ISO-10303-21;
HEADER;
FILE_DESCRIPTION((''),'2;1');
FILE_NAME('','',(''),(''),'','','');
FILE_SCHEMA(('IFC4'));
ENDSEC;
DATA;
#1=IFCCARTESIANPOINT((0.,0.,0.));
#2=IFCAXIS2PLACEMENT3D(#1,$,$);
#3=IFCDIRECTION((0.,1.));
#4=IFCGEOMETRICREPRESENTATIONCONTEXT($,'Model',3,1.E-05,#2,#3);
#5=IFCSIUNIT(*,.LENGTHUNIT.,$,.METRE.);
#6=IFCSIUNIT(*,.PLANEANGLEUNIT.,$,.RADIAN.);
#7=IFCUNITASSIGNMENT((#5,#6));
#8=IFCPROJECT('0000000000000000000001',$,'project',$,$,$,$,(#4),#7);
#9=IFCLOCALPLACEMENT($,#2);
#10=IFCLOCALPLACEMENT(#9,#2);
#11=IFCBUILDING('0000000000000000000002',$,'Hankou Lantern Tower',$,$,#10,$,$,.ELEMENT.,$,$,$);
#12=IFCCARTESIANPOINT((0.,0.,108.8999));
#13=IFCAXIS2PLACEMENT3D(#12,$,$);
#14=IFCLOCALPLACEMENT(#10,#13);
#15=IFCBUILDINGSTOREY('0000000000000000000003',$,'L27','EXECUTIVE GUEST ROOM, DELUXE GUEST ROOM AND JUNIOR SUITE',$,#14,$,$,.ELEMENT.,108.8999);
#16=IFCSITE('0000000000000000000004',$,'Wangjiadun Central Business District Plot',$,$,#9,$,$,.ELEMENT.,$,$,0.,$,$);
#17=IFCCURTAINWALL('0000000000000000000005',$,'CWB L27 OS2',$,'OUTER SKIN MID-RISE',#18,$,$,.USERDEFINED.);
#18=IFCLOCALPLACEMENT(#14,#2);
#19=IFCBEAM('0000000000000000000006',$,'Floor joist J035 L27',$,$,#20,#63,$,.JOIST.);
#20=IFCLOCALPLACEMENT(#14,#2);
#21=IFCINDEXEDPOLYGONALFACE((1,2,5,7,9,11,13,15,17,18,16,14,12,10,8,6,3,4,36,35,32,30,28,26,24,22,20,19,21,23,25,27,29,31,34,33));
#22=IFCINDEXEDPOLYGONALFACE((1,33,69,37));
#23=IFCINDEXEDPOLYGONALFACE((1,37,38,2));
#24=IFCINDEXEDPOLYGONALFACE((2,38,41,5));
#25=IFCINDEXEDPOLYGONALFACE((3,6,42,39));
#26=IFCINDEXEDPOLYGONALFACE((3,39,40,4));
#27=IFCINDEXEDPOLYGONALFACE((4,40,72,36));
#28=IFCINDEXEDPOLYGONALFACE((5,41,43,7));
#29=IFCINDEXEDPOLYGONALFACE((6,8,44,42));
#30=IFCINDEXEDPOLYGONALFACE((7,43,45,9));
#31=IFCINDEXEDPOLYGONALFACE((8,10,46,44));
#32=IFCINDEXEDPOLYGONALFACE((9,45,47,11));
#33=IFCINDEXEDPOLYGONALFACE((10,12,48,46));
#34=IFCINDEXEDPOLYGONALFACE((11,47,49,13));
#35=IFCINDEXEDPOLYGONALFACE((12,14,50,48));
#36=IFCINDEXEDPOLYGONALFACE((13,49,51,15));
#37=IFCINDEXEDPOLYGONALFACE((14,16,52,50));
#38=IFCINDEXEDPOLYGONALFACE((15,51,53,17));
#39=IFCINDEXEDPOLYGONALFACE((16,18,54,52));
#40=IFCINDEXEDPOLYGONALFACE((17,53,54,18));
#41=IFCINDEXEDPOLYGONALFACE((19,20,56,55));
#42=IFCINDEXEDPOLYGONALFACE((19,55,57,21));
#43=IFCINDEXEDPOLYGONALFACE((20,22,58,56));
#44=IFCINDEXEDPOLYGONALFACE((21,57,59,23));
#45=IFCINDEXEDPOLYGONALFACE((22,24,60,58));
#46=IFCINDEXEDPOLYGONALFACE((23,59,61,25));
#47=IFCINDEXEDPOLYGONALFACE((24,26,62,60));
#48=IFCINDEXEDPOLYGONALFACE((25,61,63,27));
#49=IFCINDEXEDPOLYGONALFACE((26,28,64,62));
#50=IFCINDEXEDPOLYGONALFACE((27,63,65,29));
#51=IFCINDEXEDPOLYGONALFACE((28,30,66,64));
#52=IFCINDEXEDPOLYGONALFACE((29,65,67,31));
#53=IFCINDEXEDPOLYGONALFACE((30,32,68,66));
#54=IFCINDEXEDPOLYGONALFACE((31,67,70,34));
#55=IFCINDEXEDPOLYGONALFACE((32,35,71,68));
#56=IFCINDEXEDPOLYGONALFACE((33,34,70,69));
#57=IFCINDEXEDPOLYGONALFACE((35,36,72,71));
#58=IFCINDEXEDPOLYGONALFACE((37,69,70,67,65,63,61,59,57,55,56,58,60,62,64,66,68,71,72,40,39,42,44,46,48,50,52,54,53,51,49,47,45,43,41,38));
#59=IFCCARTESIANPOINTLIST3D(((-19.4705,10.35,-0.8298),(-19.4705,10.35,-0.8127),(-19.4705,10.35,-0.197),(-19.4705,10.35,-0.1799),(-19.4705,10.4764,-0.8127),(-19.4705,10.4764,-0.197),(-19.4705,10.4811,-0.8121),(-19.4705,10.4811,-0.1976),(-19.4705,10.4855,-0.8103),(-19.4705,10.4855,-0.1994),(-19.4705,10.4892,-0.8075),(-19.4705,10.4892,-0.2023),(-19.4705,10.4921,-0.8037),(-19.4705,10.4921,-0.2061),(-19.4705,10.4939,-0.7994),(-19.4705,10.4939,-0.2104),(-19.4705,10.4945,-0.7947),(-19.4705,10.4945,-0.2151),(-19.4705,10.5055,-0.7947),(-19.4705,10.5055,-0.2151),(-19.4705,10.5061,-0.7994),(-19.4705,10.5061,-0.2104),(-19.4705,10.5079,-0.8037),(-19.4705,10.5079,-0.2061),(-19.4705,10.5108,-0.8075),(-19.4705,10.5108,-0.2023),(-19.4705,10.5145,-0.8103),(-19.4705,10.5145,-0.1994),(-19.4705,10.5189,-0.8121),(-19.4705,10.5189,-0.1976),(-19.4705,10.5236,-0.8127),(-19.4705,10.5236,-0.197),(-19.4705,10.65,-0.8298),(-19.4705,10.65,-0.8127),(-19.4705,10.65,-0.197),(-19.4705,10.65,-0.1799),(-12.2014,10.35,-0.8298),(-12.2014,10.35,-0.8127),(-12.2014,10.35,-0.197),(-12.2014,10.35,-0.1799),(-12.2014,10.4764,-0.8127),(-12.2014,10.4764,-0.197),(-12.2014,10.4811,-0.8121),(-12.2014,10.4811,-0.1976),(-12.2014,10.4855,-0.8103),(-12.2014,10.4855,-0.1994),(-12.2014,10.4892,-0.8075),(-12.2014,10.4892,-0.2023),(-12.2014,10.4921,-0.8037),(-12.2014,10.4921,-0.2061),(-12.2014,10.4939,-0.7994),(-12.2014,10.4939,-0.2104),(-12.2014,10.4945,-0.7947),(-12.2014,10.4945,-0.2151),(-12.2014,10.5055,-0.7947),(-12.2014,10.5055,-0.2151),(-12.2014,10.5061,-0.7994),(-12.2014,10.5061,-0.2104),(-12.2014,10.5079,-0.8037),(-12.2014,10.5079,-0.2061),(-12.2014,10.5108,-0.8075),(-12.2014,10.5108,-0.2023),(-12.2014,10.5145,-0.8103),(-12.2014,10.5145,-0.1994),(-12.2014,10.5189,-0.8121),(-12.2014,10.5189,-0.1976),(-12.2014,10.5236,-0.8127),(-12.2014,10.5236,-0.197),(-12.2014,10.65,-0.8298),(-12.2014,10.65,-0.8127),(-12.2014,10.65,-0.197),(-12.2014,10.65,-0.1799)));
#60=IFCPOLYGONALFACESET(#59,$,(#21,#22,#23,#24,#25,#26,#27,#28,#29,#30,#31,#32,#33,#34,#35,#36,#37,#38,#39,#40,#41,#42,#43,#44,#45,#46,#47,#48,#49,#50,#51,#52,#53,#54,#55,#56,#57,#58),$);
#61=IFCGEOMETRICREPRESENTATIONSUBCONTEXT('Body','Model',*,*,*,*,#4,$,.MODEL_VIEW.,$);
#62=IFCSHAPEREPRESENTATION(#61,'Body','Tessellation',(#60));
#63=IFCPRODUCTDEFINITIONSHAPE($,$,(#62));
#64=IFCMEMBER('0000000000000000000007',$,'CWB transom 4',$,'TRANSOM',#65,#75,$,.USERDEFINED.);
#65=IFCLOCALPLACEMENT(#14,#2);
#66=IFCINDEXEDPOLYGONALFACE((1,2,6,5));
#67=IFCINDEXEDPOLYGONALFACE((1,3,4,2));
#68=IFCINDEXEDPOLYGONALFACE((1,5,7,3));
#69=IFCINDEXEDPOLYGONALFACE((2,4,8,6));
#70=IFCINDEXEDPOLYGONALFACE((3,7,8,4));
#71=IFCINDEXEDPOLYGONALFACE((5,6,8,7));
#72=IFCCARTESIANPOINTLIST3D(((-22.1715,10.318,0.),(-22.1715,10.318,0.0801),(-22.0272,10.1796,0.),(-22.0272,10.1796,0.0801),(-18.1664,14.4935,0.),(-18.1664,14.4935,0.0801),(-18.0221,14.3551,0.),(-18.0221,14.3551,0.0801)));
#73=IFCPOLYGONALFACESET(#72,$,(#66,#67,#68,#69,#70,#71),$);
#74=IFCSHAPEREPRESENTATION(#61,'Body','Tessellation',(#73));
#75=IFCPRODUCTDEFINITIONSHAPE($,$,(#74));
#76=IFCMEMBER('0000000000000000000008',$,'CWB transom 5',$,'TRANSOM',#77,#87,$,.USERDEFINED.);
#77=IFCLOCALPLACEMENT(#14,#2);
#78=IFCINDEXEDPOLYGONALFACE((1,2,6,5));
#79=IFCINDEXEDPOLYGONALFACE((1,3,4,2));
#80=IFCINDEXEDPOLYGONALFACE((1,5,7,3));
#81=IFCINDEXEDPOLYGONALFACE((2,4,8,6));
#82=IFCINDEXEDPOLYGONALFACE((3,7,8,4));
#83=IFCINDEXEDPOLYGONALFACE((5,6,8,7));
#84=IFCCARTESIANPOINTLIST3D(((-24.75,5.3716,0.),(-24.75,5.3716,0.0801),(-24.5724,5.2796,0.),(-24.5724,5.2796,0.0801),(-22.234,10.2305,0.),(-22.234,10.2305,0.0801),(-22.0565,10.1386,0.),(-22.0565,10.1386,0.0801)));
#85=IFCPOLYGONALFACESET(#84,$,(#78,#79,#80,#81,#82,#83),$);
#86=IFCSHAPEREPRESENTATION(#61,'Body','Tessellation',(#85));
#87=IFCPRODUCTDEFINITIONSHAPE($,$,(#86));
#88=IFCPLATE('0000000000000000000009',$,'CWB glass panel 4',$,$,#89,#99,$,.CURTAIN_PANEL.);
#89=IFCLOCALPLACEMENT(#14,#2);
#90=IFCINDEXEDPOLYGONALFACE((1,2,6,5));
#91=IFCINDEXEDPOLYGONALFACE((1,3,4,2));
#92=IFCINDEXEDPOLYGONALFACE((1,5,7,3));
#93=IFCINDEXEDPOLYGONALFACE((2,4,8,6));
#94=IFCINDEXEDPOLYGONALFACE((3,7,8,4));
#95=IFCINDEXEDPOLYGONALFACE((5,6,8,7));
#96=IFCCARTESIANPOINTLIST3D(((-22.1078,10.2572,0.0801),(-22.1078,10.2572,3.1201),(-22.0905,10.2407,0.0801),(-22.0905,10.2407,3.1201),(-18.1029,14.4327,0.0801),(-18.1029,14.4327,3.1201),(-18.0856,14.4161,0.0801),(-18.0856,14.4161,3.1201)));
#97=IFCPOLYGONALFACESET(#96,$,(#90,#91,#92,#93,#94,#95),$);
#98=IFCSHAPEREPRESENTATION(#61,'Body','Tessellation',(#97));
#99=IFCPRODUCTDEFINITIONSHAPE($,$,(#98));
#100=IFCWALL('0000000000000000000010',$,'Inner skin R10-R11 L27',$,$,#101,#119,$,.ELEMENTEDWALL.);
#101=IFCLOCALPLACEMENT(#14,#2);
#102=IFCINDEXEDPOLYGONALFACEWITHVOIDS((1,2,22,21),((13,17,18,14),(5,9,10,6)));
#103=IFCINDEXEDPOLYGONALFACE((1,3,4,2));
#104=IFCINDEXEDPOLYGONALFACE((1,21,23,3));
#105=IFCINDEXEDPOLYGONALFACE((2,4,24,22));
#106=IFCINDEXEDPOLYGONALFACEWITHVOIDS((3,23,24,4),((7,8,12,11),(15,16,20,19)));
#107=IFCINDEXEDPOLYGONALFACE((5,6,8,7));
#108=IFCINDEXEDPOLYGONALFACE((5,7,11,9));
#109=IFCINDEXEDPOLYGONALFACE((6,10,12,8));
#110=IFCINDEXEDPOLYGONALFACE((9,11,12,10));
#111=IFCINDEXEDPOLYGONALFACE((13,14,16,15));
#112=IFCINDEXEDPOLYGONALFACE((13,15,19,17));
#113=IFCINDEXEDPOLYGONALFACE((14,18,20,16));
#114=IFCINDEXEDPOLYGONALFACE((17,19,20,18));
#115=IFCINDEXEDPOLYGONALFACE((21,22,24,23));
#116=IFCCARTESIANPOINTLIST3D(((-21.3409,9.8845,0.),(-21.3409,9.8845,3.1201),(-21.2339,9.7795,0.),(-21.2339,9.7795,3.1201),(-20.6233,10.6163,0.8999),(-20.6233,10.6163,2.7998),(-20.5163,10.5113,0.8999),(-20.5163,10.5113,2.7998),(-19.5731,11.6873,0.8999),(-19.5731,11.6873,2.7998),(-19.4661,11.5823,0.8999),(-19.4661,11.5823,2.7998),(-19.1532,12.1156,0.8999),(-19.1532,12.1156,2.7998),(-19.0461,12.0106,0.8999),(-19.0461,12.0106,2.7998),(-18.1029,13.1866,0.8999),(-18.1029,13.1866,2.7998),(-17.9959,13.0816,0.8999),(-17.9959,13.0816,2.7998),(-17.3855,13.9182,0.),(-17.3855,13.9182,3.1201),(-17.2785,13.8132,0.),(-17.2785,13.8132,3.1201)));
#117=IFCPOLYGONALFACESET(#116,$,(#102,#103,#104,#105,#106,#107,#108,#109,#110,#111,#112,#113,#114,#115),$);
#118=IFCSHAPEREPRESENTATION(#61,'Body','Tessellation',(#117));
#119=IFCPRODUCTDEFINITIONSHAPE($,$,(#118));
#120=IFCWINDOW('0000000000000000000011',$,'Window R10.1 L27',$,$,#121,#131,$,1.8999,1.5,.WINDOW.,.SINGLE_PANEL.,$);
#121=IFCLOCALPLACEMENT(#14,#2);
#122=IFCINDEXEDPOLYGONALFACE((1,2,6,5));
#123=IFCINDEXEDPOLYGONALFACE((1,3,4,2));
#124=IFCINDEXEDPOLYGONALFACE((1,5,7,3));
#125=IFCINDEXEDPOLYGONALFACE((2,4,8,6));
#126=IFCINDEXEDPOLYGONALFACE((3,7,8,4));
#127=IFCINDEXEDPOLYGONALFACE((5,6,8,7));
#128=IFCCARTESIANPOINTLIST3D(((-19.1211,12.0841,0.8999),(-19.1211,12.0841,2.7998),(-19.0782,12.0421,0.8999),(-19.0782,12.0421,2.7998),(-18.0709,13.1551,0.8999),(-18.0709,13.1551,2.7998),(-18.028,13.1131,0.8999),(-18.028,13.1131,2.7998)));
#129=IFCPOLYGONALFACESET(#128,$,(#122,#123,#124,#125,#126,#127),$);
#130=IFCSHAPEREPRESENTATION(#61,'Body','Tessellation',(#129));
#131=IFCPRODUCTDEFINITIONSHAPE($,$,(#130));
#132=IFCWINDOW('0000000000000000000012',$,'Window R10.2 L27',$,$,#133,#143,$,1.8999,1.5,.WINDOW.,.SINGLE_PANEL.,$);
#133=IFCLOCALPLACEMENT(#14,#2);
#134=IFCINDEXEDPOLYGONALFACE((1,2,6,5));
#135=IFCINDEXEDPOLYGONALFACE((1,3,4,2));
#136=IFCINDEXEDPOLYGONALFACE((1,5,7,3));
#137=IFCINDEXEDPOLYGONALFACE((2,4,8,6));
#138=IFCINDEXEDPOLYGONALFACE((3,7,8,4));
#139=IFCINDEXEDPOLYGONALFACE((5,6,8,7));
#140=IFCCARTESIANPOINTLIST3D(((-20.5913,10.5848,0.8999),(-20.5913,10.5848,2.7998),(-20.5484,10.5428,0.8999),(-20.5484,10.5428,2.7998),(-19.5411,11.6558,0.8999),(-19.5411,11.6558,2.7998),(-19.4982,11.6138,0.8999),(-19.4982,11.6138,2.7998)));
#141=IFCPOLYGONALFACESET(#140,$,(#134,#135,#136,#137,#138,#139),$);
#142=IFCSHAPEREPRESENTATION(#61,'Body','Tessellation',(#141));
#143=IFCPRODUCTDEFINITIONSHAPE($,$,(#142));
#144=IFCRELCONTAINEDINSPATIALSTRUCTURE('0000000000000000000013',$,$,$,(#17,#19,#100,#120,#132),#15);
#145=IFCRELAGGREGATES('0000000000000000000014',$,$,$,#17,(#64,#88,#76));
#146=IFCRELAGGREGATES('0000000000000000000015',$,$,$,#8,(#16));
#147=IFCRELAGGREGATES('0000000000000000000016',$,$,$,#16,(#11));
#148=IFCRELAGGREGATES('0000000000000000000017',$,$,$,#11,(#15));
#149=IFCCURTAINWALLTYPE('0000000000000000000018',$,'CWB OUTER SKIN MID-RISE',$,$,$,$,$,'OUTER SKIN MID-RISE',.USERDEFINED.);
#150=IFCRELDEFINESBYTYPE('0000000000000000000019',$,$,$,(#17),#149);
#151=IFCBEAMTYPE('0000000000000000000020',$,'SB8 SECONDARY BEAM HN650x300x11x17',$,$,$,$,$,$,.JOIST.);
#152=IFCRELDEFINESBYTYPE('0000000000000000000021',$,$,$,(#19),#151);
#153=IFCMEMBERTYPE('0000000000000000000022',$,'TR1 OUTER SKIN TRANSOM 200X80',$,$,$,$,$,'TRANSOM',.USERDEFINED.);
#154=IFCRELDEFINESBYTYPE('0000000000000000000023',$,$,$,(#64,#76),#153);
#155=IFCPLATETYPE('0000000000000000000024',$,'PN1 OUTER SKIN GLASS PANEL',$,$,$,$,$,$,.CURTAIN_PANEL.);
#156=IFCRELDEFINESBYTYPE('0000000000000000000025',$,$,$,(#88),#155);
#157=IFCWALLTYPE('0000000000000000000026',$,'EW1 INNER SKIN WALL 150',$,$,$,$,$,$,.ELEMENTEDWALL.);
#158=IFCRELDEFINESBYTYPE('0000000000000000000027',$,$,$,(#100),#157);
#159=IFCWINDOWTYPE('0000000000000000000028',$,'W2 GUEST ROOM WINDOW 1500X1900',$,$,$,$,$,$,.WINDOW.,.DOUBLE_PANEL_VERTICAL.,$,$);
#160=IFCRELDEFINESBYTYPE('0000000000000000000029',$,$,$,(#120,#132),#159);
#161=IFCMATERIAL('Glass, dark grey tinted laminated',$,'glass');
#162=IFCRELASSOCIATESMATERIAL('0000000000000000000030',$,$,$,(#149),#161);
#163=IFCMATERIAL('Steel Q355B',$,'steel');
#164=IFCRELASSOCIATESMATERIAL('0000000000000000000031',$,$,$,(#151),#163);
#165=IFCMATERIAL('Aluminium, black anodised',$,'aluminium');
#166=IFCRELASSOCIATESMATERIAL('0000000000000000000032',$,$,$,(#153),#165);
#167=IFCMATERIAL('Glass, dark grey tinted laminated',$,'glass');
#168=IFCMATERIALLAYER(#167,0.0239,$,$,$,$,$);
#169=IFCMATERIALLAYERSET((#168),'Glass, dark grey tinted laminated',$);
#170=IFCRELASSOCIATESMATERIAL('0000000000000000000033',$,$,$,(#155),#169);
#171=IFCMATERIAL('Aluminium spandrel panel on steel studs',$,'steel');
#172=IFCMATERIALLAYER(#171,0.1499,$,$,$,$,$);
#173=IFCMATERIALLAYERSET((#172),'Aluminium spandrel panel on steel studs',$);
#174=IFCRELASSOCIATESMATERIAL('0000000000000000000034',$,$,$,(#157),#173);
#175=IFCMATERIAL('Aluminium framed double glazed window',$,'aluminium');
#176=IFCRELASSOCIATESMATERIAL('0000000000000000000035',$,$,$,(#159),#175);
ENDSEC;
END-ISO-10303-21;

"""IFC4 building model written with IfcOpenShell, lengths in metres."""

from ifc_helpers import new_model, si_unit, direction, frame, frame_2d, origin, origin_2d, place, context, subcontext, project, spatial, rectangle, i_section, extrude, material, layer, layer_set, material_profile, profile_set, type_object, element, fill, aggregate, save


model = new_model("IFC4")

# Units and contexts
model_context = context("Model", 3, precision=1e-05, world=origin(), true_north=direction((0.0, 1.0)))
body_context = subcontext(model_context, "Body", "Model", "MODEL_VIEW")
ifc_project = project(units=[si_unit("LENGTHUNIT", "METRE"), si_unit("PLANEANGLEUNIT", "RADIAN")], contexts=[model_context])

# Site, building, storey
site_placement = place(None, origin())
site = spatial("IfcSite", under=ifc_project, at=site_placement, Name="Wangjiadun Central Business District Plot", CompositionType="ELEMENT", RefElevation=0.0)
building_placement = place(site_placement, origin())
building = spatial("IfcBuilding", under=site, at=building_placement, Name="Hankou Lantern Tower", CompositionType="ELEMENT")
storey_placement = place(building_placement, frame((0.0, 0.0, 108.8999)))
storey = spatial("IfcBuildingStorey", under=building, at=storey_placement, Name="L27", Description="EXECUTIVE GUEST ROOM, DELUXE GUEST ROOM AND JUNIOR SUITE", CompositionType="ELEMENT", Elevation=108.8999)

# Curtain wall
ifc_material_1 = material(Name="Glass, dark grey tinted laminated", Category="glass")
curtain_wall_type = type_object("IfcCurtainWallType", Name="CWB OUTER SKIN MID-RISE", ElementType="OUTER SKIN MID-RISE", PredefinedType="USERDEFINED", material=ifc_material_1)
curtain_wall_placement = place(storey_placement, origin())
curtain_wall = element("IfcCurtainWall", 1, at=curtain_wall_placement, inside=storey, type_object=curtain_wall_type, Name="CWB L27 OS2", ObjectType="OUTER SKIN MID-RISE", PredefinedType="USERDEFINED")

# Beam
ifc_material_2 = material(Name="Steel Q355B", Category="steel")
ifc_material_profile_1 = material_profile(ifc_material_2, i_section(OverallWidth=0.3, OverallDepth=0.6499, WebThickness=0.011, FlangeThickness=0.0171, FilletRadius=0.0181, at=origin_2d()), Name="HN650x300x11x17")
ifc_profile_set_1 = profile_set([ifc_material_profile_1], Name="Steel Q355B")
beam_type_1 = type_object("IfcBeamType", Name="SB8 SECONDARY BEAM HN650x300x11x17", PredefinedType="JOIST", material=ifc_profile_set_1)
beam_1_placement = place(storey_placement, frame((-19.4705, 10.5, -0.5049), z_axis=(1.0, 0.0, 0.0), x_axis=(0.0, 1.0, 0.0)))
element("IfcBeam", 2, at=beam_1_placement, inside=storey, type_object=beam_type_1, Name="Floor joist J035 L27", PredefinedType="JOIST", context=body_context, shape_type="SweptSolid", body=[
    extrude(i_section(OverallWidth=0.3, OverallDepth=0.6499, WebThickness=0.011, FlangeThickness=0.0171, FilletRadius=0.0181, at=origin_2d()), origin(), (0.0, 0.0, 1.0), 7.269),
])

# Members
ifc_material_3 = material(Name="Aluminium, black anodised", Category="aluminium")
ifc_material_profile_2 = material_profile(ifc_material_3, rectangle(XDim=0.2, YDim=0.0801, at=origin_2d()), Name="TR1 200X80")
ifc_profile_set_2 = profile_set([ifc_material_profile_2], Name="Aluminium, black anodised")
member_type_1 = type_object("IfcMemberType", Name="TR1 OUTER SKIN TRANSOM 200X80", ElementType="TRANSOM", PredefinedType="USERDEFINED", material=ifc_profile_set_2)
member_1_placement = place(storey_placement, frame((-18.0942, 14.4243, 0.04), z_axis=(-0.692227, -0.72168, 0.0), x_axis=(0.72168, -0.692227, 0.0)))
member_1 = element("IfcMember", 3, at=member_1_placement, type_object=member_type_1, Name="CWB transom 4", ObjectType="TRANSOM", PredefinedType="USERDEFINED", context=body_context, shape_type="SweptSolid", body=[
    extrude(rectangle(XDim=0.2, YDim=0.0801, at=origin_2d()), origin(), (0.0, 0.0, 1.0), 5.7859),
])
member_2_placement = place(storey_placement, frame((-22.1453, 10.1846, 0.04), z_axis=(-0.459805, -0.88802, 0.0), x_axis=(0.88802, -0.459805, 0.0)))
member_2 = element("IfcMember", 4, at=member_2_placement, type_object=member_type_1, Name="CWB transom 5", ObjectType="TRANSOM", PredefinedType="USERDEFINED", context=body_context, shape_type="SweptSolid", body=[
    extrude(rectangle(XDim=0.2, YDim=0.0801, at=origin_2d()), origin(), (0.0, 0.0, 1.0), 5.4717),
])

# Plate
ifc_material_4 = material(Name="Glass, dark grey tinted laminated", Category="glass")
ifc_layer_1 = layer(ifc_material_4, 0.0239)
ifc_layer_set_1 = layer_set([ifc_layer_1], Name="Glass, dark grey tinted laminated")
plate_type = type_object("IfcPlateType", Name="PN1 OUTER SKIN GLASS PANEL", PredefinedType="CURTAIN_PANEL", material=ifc_layer_set_1)
plate_placement = place(storey_placement, frame((-20.0967, 12.3367, 0.0801), z_axis=(0.0, 0.0, 1.0), x_axis=(-0.692216, -0.721691, 0.0)))
plate = element("IfcPlate", 5, at=plate_placement, type_object=plate_type, Name="CWB glass panel 4", PredefinedType="CURTAIN_PANEL", context=body_context, shape_type="SweptSolid", body=[
    extrude(rectangle(XDim=5.7856, YDim=0.0239, at=origin_2d()), origin(), (0.0, 0.0, 1.0), 3.04),
])
aggregate(curtain_wall, [member_1, plate, member_2])

# Wall, openings, windows
ifc_material_5 = material(Name="Aluminium spandrel panel on steel studs", Category="steel")
ifc_layer_2 = layer(ifc_material_5, 0.1499)
ifc_layer_set_2 = layer_set([ifc_layer_2], Name="Aluminium spandrel panel on steel studs")
wall_type = type_object("IfcWallType", Name="EW1 INNER SKIN WALL 150", PredefinedType="ELEMENTEDWALL", material=ifc_layer_set_2)
wall_1_placement = place(storey_placement, frame((-17.332, 13.8657, 0.0), z_axis=(0.0, 0.0, 1.0), x_axis=(-0.700137, -0.714009, 0.0)))
wall_1 = element("IfcWall", 6, at=wall_1_placement, inside=storey, type_object=wall_type, Name="Inner skin R10-R11 L27", PredefinedType="ELEMENTEDWALL", context=body_context, shape_type="SweptSolid", body=[
    extrude(rectangle(XDim=5.6494, YDim=0.1499, at=frame_2d((2.8247, 0.0))), origin(), (0.0, 0.0, 1.0), 3.1201),
])
opening_1_placement = place(wall_1_placement, frame((1.0247, 0.0, 0.8999)))
opening_1 = element("IfcOpeningElement", 7, at=opening_1_placement, cuts=wall_1, PredefinedType="OPENING", context=body_context, shape_type="SweptSolid", body=[
    extrude(rectangle(XDim=1.5, YDim=1.8999, at=frame_2d((0.75, 0.95))), frame((0.0, 0.085, 0.0), z_axis=(0.0, -1.0, 0.0), x_axis=(1.0, 0.0, 0.0)), (0.0, 0.0, 1.0), 0.1699),
])
opening_2_placement = place(wall_1_placement, frame((3.1245, 0.0, 0.8999)))
opening_2 = element("IfcOpeningElement", 8, at=opening_2_placement, cuts=wall_1, PredefinedType="OPENING", context=body_context, shape_type="SweptSolid", body=[
    extrude(rectangle(XDim=1.5, YDim=1.8999, at=frame_2d((0.75, 0.95))), frame((0.0, 0.085, 0.0), z_axis=(0.0, -1.0, 0.0), x_axis=(1.0, 0.0, 0.0)), (0.0, 0.0, 1.0), 0.1699),
])
ifc_material_6 = material(Name="Aluminium framed double glazed window", Category="aluminium")
window_type = type_object("IfcWindowType", Name="W2 GUEST ROOM WINDOW 1500X1900", PartitioningType="DOUBLE_PANEL_VERTICAL", PredefinedType="WINDOW", material=ifc_material_6)
window_1_placement = place(opening_1_placement, origin())
window_1 = element("IfcWindow", 9, at=window_1_placement, inside=storey, type_object=window_type, Name="Window R10.1 L27", OverallHeight=1.8999, OverallWidth=1.5, PartitioningType="SINGLE_PANEL", PredefinedType="WINDOW", context=body_context, shape_type="SweptSolid", body=[
    extrude(rectangle(XDim=1.5, YDim=1.8999, at=frame_2d((0.75, 0.95))), frame((0.0, 0.03, 0.0), z_axis=(0.0, -1.0, 0.0), x_axis=(1.0, 0.0, 0.0)), (0.0, 0.0, 1.0), 0.0601),
])
fill(opening_1, window_1)
window_2_placement = place(opening_2_placement, origin())
window_2 = element("IfcWindow", 10, at=window_2_placement, inside=storey, type_object=window_type, Name="Window R10.2 L27", OverallHeight=1.8999, OverallWidth=1.5, PartitioningType="SINGLE_PANEL", PredefinedType="WINDOW", context=body_context, shape_type="SweptSolid", body=[
    extrude(rectangle(XDim=1.5, YDim=1.8999, at=frame_2d((0.75, 0.95))), frame((0.0, 0.03, 0.0), z_axis=(0.0, -1.0, 0.0), x_axis=(1.0, 0.0, 0.0)), (0.0, 0.0, 1.0), 0.0601),
])
fill(opening_2, window_2)

save(model, "model.ifc")
